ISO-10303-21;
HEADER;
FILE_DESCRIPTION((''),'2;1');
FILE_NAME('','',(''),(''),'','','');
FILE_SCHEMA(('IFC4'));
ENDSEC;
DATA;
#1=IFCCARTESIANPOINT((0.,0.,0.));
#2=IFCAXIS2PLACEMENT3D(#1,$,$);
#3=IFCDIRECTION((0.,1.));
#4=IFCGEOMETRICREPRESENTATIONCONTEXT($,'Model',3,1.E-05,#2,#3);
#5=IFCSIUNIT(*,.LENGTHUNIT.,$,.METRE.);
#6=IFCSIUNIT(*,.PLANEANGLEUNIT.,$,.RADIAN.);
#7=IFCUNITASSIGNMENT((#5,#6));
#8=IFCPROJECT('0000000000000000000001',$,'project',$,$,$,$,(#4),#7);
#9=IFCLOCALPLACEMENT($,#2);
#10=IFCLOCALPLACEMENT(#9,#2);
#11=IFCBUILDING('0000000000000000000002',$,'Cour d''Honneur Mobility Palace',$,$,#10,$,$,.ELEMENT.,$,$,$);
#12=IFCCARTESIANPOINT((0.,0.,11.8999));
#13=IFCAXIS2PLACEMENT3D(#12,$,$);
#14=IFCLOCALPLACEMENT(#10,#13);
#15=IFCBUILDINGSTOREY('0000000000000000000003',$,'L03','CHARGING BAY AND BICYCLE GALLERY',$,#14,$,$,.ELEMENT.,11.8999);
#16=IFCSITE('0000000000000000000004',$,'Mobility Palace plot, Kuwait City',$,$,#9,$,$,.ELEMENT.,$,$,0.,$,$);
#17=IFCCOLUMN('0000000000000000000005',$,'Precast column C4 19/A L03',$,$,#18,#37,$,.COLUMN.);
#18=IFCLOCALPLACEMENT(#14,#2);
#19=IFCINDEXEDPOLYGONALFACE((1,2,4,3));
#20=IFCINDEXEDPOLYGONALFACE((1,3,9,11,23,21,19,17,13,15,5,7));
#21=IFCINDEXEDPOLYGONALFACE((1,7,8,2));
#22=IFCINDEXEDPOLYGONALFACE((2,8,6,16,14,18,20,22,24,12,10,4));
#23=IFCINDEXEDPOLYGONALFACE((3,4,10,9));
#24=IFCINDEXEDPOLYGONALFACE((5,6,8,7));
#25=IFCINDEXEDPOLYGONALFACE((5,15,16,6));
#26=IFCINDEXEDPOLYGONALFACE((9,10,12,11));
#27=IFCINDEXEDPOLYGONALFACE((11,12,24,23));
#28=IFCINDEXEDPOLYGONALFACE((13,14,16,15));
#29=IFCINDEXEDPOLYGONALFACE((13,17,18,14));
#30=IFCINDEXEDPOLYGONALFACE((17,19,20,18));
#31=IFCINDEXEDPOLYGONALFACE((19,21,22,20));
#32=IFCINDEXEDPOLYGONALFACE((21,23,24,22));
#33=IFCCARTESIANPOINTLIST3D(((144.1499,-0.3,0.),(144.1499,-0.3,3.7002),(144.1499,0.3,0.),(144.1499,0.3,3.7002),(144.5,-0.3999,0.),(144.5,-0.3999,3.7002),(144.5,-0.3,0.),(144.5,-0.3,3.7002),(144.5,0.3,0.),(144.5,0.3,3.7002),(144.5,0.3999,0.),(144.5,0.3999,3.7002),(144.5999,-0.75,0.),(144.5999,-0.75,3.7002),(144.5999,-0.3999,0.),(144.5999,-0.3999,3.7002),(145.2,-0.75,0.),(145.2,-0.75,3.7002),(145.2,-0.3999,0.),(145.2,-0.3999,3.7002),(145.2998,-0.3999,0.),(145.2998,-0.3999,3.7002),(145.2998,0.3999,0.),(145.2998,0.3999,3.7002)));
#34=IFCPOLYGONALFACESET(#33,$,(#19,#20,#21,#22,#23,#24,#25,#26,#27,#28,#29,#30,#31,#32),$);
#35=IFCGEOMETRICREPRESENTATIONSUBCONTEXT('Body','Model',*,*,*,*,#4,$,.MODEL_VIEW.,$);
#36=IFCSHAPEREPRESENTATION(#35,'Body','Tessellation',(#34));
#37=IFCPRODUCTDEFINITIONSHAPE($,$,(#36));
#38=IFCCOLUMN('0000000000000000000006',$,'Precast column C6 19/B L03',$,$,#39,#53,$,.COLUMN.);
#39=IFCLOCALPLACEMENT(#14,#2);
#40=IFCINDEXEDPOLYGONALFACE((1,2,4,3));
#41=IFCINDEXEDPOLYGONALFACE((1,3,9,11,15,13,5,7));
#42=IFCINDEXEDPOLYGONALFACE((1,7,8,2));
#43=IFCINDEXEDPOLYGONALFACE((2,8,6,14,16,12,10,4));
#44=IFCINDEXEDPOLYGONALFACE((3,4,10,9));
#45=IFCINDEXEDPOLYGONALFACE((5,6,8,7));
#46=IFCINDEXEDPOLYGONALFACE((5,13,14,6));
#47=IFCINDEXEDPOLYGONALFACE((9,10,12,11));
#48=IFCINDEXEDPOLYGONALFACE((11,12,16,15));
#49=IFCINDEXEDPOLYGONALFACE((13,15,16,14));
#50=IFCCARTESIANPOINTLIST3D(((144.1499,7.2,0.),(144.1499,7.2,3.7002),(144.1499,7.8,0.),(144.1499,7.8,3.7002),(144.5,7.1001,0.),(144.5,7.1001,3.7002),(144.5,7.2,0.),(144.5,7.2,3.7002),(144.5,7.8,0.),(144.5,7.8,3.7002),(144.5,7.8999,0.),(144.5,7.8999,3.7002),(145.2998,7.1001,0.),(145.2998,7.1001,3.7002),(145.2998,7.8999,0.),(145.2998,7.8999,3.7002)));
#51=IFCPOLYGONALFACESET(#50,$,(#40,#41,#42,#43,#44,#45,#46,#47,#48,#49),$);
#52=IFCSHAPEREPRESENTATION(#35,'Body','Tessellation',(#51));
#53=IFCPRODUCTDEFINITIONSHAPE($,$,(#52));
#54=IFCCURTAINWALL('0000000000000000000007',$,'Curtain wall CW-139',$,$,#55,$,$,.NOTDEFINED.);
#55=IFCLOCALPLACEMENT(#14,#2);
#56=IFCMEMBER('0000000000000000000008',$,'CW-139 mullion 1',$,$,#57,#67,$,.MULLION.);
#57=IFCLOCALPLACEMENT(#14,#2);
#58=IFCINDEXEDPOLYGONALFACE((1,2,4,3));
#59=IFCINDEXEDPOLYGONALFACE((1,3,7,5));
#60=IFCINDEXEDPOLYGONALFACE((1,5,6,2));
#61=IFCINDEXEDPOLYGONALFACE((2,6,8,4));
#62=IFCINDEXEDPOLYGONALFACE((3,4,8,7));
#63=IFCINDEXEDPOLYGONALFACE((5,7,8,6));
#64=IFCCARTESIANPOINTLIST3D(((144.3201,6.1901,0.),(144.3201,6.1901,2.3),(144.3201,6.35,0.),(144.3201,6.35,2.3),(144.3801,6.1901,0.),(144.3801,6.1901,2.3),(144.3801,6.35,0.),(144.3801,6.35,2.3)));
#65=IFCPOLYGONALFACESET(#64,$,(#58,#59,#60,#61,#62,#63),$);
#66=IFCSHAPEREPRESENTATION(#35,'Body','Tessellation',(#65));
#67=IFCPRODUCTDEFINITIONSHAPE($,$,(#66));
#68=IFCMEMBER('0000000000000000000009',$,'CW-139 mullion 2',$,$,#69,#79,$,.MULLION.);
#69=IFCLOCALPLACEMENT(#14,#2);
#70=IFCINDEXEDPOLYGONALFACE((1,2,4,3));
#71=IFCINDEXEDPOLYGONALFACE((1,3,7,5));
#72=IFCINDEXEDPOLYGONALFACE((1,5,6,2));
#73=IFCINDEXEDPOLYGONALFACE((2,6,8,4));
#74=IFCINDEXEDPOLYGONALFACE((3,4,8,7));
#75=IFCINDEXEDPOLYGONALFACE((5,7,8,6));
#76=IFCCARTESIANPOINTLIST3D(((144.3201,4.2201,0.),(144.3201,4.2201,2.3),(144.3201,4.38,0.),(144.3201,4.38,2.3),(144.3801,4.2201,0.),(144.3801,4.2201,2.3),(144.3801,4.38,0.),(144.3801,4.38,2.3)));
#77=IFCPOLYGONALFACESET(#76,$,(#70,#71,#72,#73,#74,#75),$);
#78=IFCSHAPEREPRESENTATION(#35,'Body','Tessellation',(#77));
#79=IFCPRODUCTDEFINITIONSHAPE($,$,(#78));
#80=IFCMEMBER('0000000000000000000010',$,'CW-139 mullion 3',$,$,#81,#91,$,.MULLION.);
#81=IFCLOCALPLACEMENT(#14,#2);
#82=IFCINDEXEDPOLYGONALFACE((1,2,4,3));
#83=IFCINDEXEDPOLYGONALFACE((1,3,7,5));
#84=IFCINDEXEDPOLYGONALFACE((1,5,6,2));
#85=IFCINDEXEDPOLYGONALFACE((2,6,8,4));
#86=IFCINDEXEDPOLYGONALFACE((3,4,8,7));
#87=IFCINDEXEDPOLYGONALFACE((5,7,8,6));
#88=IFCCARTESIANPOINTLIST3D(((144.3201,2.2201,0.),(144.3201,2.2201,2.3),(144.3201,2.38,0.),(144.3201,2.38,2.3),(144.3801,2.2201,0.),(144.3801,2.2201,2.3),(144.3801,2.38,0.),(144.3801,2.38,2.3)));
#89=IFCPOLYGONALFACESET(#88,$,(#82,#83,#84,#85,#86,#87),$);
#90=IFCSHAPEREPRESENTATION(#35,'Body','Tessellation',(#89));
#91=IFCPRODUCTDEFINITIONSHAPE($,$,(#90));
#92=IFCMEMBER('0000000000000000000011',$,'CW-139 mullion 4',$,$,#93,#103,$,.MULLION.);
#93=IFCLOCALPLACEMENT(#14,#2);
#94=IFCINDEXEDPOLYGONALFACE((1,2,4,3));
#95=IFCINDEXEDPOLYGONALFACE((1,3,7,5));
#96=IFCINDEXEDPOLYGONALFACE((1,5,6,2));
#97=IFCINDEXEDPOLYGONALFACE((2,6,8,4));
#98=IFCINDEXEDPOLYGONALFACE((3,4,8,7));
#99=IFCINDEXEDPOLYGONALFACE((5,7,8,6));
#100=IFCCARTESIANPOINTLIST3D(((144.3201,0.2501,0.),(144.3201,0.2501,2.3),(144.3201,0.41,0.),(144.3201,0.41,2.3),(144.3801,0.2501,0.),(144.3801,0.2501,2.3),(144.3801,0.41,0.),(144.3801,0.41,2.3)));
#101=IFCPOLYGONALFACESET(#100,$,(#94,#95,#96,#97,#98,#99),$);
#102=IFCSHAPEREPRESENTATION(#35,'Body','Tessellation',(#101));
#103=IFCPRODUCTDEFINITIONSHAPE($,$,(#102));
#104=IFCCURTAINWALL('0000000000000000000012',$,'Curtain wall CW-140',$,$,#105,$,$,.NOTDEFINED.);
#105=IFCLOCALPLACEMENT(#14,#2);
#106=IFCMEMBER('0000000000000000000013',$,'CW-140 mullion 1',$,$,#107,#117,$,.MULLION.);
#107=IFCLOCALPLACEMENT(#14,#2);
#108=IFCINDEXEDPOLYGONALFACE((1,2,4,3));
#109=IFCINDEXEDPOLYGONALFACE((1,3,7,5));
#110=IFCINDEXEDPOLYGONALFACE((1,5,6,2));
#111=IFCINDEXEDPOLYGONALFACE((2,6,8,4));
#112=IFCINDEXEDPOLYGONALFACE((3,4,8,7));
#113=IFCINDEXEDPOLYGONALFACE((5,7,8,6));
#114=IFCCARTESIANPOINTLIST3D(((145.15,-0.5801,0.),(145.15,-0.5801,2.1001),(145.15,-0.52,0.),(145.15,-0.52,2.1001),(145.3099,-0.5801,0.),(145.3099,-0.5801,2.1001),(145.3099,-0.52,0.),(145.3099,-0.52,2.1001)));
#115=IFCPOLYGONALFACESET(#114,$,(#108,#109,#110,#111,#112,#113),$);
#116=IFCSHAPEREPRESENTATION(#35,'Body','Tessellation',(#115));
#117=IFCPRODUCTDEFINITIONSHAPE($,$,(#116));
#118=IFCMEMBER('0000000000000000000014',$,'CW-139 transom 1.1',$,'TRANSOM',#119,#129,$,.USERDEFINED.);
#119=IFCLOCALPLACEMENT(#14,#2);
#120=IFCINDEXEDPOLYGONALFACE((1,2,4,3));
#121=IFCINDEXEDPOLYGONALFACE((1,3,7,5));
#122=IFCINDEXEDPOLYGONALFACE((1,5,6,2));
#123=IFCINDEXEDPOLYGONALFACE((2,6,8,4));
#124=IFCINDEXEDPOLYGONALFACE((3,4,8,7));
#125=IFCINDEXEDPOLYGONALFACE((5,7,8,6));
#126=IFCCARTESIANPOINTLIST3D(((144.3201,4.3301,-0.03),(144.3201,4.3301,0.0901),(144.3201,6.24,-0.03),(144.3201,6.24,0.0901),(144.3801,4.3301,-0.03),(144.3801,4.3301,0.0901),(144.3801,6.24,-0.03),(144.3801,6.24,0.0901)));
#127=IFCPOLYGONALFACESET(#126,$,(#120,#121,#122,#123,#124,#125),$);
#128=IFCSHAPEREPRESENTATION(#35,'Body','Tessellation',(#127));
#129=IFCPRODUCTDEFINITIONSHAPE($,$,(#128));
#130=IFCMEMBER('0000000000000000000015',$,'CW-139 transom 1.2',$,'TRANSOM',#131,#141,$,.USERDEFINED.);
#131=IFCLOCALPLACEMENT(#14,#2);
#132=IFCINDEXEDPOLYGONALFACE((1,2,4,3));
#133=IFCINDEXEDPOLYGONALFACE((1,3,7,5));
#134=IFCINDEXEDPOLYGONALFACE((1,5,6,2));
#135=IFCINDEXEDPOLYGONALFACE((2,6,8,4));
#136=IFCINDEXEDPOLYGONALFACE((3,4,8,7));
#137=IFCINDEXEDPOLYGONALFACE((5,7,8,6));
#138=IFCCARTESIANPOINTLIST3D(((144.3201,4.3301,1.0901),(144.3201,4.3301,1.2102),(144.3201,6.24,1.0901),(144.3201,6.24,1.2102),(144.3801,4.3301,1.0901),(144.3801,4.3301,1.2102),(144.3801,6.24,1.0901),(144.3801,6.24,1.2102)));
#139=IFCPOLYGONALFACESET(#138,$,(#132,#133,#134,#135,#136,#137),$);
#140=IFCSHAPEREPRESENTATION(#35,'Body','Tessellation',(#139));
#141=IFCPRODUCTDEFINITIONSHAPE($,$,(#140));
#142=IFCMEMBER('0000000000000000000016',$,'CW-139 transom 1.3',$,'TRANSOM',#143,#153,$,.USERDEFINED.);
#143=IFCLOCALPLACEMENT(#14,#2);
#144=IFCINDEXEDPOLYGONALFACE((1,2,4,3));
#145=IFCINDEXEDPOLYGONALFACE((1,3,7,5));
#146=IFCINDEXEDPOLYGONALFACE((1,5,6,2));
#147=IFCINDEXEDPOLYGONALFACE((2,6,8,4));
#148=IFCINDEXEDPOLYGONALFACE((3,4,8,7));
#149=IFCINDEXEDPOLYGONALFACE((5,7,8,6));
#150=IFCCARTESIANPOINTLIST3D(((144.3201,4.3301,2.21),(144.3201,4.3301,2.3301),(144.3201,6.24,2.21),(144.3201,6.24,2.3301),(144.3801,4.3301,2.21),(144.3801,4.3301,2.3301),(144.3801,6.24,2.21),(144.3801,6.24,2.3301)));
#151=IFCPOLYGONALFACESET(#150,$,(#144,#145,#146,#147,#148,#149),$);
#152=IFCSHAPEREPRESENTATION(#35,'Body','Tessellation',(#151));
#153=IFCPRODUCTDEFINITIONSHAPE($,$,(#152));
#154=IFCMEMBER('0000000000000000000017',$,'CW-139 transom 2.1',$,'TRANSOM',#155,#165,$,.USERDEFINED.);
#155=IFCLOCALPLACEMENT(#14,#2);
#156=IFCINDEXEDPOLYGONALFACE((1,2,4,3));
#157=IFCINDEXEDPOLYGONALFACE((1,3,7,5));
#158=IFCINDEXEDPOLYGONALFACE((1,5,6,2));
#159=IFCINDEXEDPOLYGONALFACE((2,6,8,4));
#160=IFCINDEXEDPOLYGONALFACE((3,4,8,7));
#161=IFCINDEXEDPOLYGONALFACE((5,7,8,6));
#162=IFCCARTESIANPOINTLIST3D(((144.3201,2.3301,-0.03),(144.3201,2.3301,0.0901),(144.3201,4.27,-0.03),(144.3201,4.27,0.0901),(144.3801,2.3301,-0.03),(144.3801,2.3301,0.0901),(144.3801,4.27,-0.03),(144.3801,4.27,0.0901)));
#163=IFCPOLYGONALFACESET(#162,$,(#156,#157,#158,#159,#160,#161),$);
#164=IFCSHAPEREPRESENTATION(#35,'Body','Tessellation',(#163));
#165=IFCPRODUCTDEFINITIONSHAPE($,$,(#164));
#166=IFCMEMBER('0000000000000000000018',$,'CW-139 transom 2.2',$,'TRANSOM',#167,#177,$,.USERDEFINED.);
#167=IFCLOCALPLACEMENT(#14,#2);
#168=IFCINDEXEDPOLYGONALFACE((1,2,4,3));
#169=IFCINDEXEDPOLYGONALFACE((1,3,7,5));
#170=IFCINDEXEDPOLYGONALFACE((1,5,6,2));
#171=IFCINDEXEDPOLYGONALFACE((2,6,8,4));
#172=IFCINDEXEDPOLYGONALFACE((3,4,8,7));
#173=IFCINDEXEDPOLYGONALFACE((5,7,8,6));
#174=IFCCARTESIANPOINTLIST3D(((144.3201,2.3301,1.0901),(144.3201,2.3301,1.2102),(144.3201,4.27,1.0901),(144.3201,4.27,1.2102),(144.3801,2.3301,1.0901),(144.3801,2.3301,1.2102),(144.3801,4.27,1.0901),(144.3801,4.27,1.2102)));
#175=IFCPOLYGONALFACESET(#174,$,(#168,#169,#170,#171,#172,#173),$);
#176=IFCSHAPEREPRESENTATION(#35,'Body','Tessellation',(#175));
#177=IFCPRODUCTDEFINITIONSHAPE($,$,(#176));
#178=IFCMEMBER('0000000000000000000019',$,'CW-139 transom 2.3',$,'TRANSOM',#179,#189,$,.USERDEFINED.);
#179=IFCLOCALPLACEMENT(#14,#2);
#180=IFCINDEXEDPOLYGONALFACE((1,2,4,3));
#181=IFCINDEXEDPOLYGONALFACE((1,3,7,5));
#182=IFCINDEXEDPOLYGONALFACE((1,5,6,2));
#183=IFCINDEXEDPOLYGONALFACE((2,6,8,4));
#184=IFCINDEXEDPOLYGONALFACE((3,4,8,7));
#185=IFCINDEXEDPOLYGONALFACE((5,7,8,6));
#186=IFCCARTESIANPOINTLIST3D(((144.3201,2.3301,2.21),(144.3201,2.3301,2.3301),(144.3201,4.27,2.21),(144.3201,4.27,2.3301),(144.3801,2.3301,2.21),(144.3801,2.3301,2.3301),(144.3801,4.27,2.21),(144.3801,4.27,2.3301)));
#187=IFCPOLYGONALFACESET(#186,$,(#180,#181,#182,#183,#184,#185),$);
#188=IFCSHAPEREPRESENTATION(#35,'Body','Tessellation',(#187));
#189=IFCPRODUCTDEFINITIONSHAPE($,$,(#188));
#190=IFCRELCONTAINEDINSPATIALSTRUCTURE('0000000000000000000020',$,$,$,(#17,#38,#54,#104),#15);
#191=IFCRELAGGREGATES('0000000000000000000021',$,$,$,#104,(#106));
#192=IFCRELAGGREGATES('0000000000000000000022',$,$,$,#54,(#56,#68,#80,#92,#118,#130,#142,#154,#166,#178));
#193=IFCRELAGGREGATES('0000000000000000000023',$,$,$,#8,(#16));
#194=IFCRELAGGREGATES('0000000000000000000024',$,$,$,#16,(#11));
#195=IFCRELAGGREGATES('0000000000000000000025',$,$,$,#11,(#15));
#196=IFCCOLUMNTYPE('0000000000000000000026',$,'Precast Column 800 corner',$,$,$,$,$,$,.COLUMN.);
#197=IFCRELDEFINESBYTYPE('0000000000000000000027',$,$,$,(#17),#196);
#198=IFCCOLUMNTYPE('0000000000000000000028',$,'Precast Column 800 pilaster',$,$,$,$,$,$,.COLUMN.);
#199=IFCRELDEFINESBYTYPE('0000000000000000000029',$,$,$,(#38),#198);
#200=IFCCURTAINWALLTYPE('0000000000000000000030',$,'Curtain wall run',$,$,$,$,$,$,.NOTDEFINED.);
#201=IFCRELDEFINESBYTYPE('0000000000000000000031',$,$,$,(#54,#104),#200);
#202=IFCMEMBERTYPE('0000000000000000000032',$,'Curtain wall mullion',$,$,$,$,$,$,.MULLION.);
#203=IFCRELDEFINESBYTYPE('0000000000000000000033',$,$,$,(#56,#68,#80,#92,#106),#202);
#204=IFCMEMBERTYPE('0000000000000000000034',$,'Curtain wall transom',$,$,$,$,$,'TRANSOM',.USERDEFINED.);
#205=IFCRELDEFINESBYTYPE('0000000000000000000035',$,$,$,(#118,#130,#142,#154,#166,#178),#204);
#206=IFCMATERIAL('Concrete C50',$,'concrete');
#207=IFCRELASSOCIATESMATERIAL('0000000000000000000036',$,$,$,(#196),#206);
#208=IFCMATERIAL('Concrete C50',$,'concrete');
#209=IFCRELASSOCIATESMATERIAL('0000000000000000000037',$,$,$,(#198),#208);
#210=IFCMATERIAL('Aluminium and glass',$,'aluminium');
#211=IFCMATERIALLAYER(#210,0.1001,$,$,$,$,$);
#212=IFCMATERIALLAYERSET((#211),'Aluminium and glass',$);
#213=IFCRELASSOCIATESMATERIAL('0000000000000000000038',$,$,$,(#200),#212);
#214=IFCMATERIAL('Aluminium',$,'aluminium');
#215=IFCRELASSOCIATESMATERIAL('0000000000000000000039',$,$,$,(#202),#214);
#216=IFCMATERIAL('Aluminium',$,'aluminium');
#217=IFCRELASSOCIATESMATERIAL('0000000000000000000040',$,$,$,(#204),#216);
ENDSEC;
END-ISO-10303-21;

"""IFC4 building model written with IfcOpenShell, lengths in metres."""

from ifc_helpers import new_model, si_unit, direction, frame, origin, origin_2d, place, context, subcontext, project, spatial, polyline, rectangle, outline, extrude, material, layer, layer_set, material_profile, profile_set, type_object, element, aggregate, save


model = new_model("IFC4")

# Units and contexts
model_context = context("Model", 3, precision=1e-05, world=origin(), true_north=direction((0.0, 1.0)))
body_context = subcontext(model_context, "Body", "Model", "MODEL_VIEW")
ifc_project = project(units=[si_unit("LENGTHUNIT", "METRE"), si_unit("PLANEANGLEUNIT", "RADIAN")], contexts=[model_context])

# Site, building, storey
site_placement = place(None, origin())
site = spatial("IfcSite", under=ifc_project, at=site_placement, Name="Mobility Palace plot, Kuwait City", CompositionType="ELEMENT", RefElevation=0.0)
building_placement = place(site_placement, origin())
building = spatial("IfcBuilding", under=site, at=building_placement, Name="Cour d'Honneur Mobility Palace", CompositionType="ELEMENT")
storey_placement = place(building_placement, frame((0.0, 0.0, 11.8999)))
storey = spatial("IfcBuildingStorey", under=building, at=storey_placement, Name="L03", Description="CHARGING BAY AND BICYCLE GALLERY", CompositionType="ELEMENT", Elevation=11.8999)

# Columns
ifc_material_1 = material(Name="Concrete C50", Category="concrete")
ifc_material_profile_1 = material_profile(ifc_material_1, outline(polyline([(-0.3999, -0.3999), (0.3999, -0.3999), (0.3999, -0.3), (0.75, -0.3), (0.75, 0.3), (0.3999, 0.3), (0.3999, 0.3999), (0.3, 0.3999), (0.3, 0.75), (-0.3, 0.75), (-0.3, 0.3999), (-0.3999, 0.3999), (-0.3999, -0.3999)])), Name="PC C800 corner")
ifc_profile_set_1 = profile_set([ifc_material_profile_1], Name="Concrete C50")
column_type_1 = type_object("IfcColumnType", Name="Precast Column 800 corner", PredefinedType="COLUMN", material=ifc_profile_set_1)
column_1_placement = place(storey_placement, frame((144.8999, 0.0, 0.0), z_axis=(0.0, 0.0, 1.0), x_axis=(-1.0, 0.0, 0.0)))
element("IfcColumn", 1, at=column_1_placement, inside=storey, type_object=column_type_1, Name="Precast column C4 19/A L03", PredefinedType="COLUMN", context=body_context, shape_type="SweptSolid", body=[
    extrude(outline(polyline([(-0.3999, -0.3999), (0.3999, -0.3999), (0.3999, -0.3), (0.75, -0.3), (0.75, 0.3), (0.3999, 0.3), (0.3999, 0.3999), (0.3, 0.3999), (0.3, 0.75), (-0.3, 0.75), (-0.3, 0.3999), (-0.3999, 0.3999), (-0.3999, -0.3999)])), origin(), (0.0, 0.0, 1.0), 3.7002),
])
ifc_material_2 = material(Name="Concrete C50", Category="concrete")
ifc_material_profile_2 = material_profile(ifc_material_2, outline(polyline([(-0.3999, -0.3999), (0.3999, -0.3999), (0.3999, -0.3), (0.75, -0.3), (0.75, 0.3), (0.3999, 0.3), (0.3999, 0.3999), (-0.3999, 0.3999), (-0.3999, -0.3999)])), Name="PC C800 pilaster")
ifc_profile_set_2 = profile_set([ifc_material_profile_2], Name="Concrete C50")
column_type_2 = type_object("IfcColumnType", Name="Precast Column 800 pilaster", PredefinedType="COLUMN", material=ifc_profile_set_2)
column_2_placement = place(storey_placement, frame((144.8999, 7.5, 0.0), z_axis=(0.0, 0.0, 1.0), x_axis=(-1.0, 0.0, 0.0)))
element("IfcColumn", 2, at=column_2_placement, inside=storey, type_object=column_type_2, Name="Precast column C6 19/B L03", PredefinedType="COLUMN", context=body_context, shape_type="SweptSolid", body=[
    extrude(outline(polyline([(-0.3999, -0.3999), (0.3999, -0.3999), (0.3999, -0.3), (0.75, -0.3), (0.75, 0.3), (0.3999, 0.3), (0.3999, 0.3999), (-0.3999, 0.3999), (-0.3999, -0.3999)])), origin(), (0.0, 0.0, 1.0), 3.7002),
])

# Curtain wall, members
ifc_material_3 = material(Name="Aluminium and glass", Category="aluminium")
ifc_layer_1 = layer(ifc_material_3, 0.1001)
ifc_layer_set_1 = layer_set([ifc_layer_1], Name="Aluminium and glass")
curtain_wall_type = type_object("IfcCurtainWallType", Name="Curtain wall run", PredefinedType="NOTDEFINED", material=ifc_layer_set_1)
curtain_wall_1_placement = place(storey_placement, origin())
curtain_wall_1 = element("IfcCurtainWall", 3, at=curtain_wall_1_placement, inside=storey, type_object=curtain_wall_type, Name="Curtain wall CW-139", PredefinedType="NOTDEFINED")
ifc_material_4 = material(Name="Aluminium", Category="aluminium")
ifc_material_profile_3 = material_profile(ifc_material_4, rectangle(XDim=0.0601, YDim=0.1599, at=origin_2d()), Name="Curtain wall mullion")
ifc_profile_set_3 = profile_set([ifc_material_profile_3], Name="Aluminium")
member_type_1 = type_object("IfcMemberType", Name="Curtain wall mullion", PredefinedType="MULLION", material=ifc_profile_set_3)
member_1_placement = place(storey_placement, frame((144.3501, 6.27, 0.0), z_axis=(0.0, 0.0, 1.0), x_axis=(1.0, 0.0, 0.0)))
member_1 = element("IfcMember", 4, at=member_1_placement, type_object=member_type_1, Name="CW-139 mullion 1", PredefinedType="MULLION", context=body_context, shape_type="SweptSolid", body=[
    extrude(rectangle(XDim=0.0601, YDim=0.1599, at=origin_2d()), origin(), (0.0, 0.0, 1.0), 2.3),
])
member_2_placement = place(storey_placement, frame((144.3501, 4.3, 0.0), z_axis=(0.0, 0.0, 1.0), x_axis=(1.0, 0.0, 0.0)))
member_2 = element("IfcMember", 5, at=member_2_placement, type_object=member_type_1, Name="CW-139 mullion 2", PredefinedType="MULLION", context=body_context, shape_type="SweptSolid", body=[
    extrude(rectangle(XDim=0.0601, YDim=0.1599, at=origin_2d()), origin(), (0.0, 0.0, 1.0), 2.3),
])
member_3_placement = place(storey_placement, frame((144.3501, 2.3, 0.0), z_axis=(0.0, 0.0, 1.0), x_axis=(1.0, 0.0, 0.0)))
member_3 = element("IfcMember", 6, at=member_3_placement, type_object=member_type_1, Name="CW-139 mullion 3", PredefinedType="MULLION", context=body_context, shape_type="SweptSolid", body=[
    extrude(rectangle(XDim=0.0601, YDim=0.1599, at=origin_2d()), origin(), (0.0, 0.0, 1.0), 2.3),
])
member_4_placement = place(storey_placement, frame((144.3501, 0.3301, 0.0), z_axis=(0.0, 0.0, 1.0), x_axis=(1.0, 0.0, 0.0)))
member_4 = element("IfcMember", 7, at=member_4_placement, type_object=member_type_1, Name="CW-139 mullion 4", PredefinedType="MULLION", context=body_context, shape_type="SweptSolid", body=[
    extrude(rectangle(XDim=0.0601, YDim=0.1599, at=origin_2d()), origin(), (0.0, 0.0, 1.0), 2.3),
])

# Curtain wall, member
curtain_wall_2_placement = place(storey_placement, origin())
curtain_wall_2 = element("IfcCurtainWall", 8, at=curtain_wall_2_placement, inside=storey, type_object=curtain_wall_type, Name="Curtain wall CW-140", PredefinedType="NOTDEFINED")
member_5_placement = place(storey_placement, frame((145.23, -0.55, 0.0), z_axis=(0.0, 0.0, 1.0), x_axis=(0.0, 1.0, 0.0)))
member_5 = element("IfcMember", 9, at=member_5_placement, type_object=member_type_1, Name="CW-140 mullion 1", PredefinedType="MULLION", context=body_context, shape_type="SweptSolid", body=[
    extrude(rectangle(XDim=0.0601, YDim=0.1599, at=origin_2d()), origin(), (0.0, 0.0, 1.0), 2.1001),
])

# Members
ifc_material_5 = material(Name="Aluminium", Category="aluminium")
ifc_material_profile_4 = material_profile(ifc_material_5, rectangle(XDim=0.0601, YDim=0.1201, at=origin_2d()), Name="Curtain wall transom")
ifc_profile_set_4 = profile_set([ifc_material_profile_4], Name="Aluminium")
member_type_2 = type_object("IfcMemberType", Name="Curtain wall transom", ElementType="TRANSOM", PredefinedType="USERDEFINED", material=ifc_profile_set_4)
member_6_placement = place(storey_placement, frame((144.3501, 6.24, 0.03), z_axis=(0.0, -1.0, 0.0), x_axis=(1.0, 0.0, 0.0)))
member_6 = element("IfcMember", 10, at=member_6_placement, type_object=member_type_2, Name="CW-139 transom 1.1", ObjectType="TRANSOM", PredefinedType="USERDEFINED", context=body_context, shape_type="SweptSolid", body=[
    extrude(rectangle(XDim=0.0601, YDim=0.1201, at=origin_2d()), origin(), (0.0, 0.0, 1.0), 1.9099),
])
member_7_placement = place(storey_placement, frame((144.3501, 6.24, 1.1501), z_axis=(0.0, -1.0, 0.0), x_axis=(1.0, 0.0, 0.0)))
member_7 = element("IfcMember", 11, at=member_7_placement, type_object=member_type_2, Name="CW-139 transom 1.2", ObjectType="TRANSOM", PredefinedType="USERDEFINED", context=body_context, shape_type="SweptSolid", body=[
    extrude(rectangle(XDim=0.0601, YDim=0.1201, at=origin_2d()), origin(), (0.0, 0.0, 1.0), 1.9099),
])
member_8_placement = place(storey_placement, frame((144.3501, 6.24, 2.27), z_axis=(0.0, -1.0, 0.0), x_axis=(1.0, 0.0, 0.0)))
member_8 = element("IfcMember", 12, at=member_8_placement, type_object=member_type_2, Name="CW-139 transom 1.3", ObjectType="TRANSOM", PredefinedType="USERDEFINED", context=body_context, shape_type="SweptSolid", body=[
    extrude(rectangle(XDim=0.0601, YDim=0.1201, at=origin_2d()), origin(), (0.0, 0.0, 1.0), 1.9099),
])
member_9_placement = place(storey_placement, frame((144.3501, 4.27, 0.03), z_axis=(0.0, -1.0, 0.0), x_axis=(1.0, 0.0, 0.0)))
member_9 = element("IfcMember", 13, at=member_9_placement, type_object=member_type_2, Name="CW-139 transom 2.1", ObjectType="TRANSOM", PredefinedType="USERDEFINED", context=body_context, shape_type="SweptSolid", body=[
    extrude(rectangle(XDim=0.0601, YDim=0.1201, at=origin_2d()), origin(), (0.0, 0.0, 1.0), 1.9399),
])
member_10_placement = place(storey_placement, frame((144.3501, 4.27, 1.1501), z_axis=(0.0, -1.0, 0.0), x_axis=(1.0, 0.0, 0.0)))
member_10 = element("IfcMember", 14, at=member_10_placement, type_object=member_type_2, Name="CW-139 transom 2.2", ObjectType="TRANSOM", PredefinedType="USERDEFINED", context=body_context, shape_type="SweptSolid", body=[
    extrude(rectangle(XDim=0.0601, YDim=0.1201, at=origin_2d()), origin(), (0.0, 0.0, 1.0), 1.9399),
])
member_11_placement = place(storey_placement, frame((144.3501, 4.27, 2.27), z_axis=(0.0, -1.0, 0.0), x_axis=(1.0, 0.0, 0.0)))
member_11 = element("IfcMember", 15, at=member_11_placement, type_object=member_type_2, Name="CW-139 transom 2.3", ObjectType="TRANSOM", PredefinedType="USERDEFINED", context=body_context, shape_type="SweptSolid", body=[
    extrude(rectangle(XDim=0.0601, YDim=0.1201, at=origin_2d()), origin(), (0.0, 0.0, 1.0), 1.9399),
])
aggregate(curtain_wall_2, [member_5])

aggregate(curtain_wall_1, [member_1, member_2, member_3, member_4, member_6, member_7, member_8, member_9, member_10, member_11])

save(model, "model.ifc")
